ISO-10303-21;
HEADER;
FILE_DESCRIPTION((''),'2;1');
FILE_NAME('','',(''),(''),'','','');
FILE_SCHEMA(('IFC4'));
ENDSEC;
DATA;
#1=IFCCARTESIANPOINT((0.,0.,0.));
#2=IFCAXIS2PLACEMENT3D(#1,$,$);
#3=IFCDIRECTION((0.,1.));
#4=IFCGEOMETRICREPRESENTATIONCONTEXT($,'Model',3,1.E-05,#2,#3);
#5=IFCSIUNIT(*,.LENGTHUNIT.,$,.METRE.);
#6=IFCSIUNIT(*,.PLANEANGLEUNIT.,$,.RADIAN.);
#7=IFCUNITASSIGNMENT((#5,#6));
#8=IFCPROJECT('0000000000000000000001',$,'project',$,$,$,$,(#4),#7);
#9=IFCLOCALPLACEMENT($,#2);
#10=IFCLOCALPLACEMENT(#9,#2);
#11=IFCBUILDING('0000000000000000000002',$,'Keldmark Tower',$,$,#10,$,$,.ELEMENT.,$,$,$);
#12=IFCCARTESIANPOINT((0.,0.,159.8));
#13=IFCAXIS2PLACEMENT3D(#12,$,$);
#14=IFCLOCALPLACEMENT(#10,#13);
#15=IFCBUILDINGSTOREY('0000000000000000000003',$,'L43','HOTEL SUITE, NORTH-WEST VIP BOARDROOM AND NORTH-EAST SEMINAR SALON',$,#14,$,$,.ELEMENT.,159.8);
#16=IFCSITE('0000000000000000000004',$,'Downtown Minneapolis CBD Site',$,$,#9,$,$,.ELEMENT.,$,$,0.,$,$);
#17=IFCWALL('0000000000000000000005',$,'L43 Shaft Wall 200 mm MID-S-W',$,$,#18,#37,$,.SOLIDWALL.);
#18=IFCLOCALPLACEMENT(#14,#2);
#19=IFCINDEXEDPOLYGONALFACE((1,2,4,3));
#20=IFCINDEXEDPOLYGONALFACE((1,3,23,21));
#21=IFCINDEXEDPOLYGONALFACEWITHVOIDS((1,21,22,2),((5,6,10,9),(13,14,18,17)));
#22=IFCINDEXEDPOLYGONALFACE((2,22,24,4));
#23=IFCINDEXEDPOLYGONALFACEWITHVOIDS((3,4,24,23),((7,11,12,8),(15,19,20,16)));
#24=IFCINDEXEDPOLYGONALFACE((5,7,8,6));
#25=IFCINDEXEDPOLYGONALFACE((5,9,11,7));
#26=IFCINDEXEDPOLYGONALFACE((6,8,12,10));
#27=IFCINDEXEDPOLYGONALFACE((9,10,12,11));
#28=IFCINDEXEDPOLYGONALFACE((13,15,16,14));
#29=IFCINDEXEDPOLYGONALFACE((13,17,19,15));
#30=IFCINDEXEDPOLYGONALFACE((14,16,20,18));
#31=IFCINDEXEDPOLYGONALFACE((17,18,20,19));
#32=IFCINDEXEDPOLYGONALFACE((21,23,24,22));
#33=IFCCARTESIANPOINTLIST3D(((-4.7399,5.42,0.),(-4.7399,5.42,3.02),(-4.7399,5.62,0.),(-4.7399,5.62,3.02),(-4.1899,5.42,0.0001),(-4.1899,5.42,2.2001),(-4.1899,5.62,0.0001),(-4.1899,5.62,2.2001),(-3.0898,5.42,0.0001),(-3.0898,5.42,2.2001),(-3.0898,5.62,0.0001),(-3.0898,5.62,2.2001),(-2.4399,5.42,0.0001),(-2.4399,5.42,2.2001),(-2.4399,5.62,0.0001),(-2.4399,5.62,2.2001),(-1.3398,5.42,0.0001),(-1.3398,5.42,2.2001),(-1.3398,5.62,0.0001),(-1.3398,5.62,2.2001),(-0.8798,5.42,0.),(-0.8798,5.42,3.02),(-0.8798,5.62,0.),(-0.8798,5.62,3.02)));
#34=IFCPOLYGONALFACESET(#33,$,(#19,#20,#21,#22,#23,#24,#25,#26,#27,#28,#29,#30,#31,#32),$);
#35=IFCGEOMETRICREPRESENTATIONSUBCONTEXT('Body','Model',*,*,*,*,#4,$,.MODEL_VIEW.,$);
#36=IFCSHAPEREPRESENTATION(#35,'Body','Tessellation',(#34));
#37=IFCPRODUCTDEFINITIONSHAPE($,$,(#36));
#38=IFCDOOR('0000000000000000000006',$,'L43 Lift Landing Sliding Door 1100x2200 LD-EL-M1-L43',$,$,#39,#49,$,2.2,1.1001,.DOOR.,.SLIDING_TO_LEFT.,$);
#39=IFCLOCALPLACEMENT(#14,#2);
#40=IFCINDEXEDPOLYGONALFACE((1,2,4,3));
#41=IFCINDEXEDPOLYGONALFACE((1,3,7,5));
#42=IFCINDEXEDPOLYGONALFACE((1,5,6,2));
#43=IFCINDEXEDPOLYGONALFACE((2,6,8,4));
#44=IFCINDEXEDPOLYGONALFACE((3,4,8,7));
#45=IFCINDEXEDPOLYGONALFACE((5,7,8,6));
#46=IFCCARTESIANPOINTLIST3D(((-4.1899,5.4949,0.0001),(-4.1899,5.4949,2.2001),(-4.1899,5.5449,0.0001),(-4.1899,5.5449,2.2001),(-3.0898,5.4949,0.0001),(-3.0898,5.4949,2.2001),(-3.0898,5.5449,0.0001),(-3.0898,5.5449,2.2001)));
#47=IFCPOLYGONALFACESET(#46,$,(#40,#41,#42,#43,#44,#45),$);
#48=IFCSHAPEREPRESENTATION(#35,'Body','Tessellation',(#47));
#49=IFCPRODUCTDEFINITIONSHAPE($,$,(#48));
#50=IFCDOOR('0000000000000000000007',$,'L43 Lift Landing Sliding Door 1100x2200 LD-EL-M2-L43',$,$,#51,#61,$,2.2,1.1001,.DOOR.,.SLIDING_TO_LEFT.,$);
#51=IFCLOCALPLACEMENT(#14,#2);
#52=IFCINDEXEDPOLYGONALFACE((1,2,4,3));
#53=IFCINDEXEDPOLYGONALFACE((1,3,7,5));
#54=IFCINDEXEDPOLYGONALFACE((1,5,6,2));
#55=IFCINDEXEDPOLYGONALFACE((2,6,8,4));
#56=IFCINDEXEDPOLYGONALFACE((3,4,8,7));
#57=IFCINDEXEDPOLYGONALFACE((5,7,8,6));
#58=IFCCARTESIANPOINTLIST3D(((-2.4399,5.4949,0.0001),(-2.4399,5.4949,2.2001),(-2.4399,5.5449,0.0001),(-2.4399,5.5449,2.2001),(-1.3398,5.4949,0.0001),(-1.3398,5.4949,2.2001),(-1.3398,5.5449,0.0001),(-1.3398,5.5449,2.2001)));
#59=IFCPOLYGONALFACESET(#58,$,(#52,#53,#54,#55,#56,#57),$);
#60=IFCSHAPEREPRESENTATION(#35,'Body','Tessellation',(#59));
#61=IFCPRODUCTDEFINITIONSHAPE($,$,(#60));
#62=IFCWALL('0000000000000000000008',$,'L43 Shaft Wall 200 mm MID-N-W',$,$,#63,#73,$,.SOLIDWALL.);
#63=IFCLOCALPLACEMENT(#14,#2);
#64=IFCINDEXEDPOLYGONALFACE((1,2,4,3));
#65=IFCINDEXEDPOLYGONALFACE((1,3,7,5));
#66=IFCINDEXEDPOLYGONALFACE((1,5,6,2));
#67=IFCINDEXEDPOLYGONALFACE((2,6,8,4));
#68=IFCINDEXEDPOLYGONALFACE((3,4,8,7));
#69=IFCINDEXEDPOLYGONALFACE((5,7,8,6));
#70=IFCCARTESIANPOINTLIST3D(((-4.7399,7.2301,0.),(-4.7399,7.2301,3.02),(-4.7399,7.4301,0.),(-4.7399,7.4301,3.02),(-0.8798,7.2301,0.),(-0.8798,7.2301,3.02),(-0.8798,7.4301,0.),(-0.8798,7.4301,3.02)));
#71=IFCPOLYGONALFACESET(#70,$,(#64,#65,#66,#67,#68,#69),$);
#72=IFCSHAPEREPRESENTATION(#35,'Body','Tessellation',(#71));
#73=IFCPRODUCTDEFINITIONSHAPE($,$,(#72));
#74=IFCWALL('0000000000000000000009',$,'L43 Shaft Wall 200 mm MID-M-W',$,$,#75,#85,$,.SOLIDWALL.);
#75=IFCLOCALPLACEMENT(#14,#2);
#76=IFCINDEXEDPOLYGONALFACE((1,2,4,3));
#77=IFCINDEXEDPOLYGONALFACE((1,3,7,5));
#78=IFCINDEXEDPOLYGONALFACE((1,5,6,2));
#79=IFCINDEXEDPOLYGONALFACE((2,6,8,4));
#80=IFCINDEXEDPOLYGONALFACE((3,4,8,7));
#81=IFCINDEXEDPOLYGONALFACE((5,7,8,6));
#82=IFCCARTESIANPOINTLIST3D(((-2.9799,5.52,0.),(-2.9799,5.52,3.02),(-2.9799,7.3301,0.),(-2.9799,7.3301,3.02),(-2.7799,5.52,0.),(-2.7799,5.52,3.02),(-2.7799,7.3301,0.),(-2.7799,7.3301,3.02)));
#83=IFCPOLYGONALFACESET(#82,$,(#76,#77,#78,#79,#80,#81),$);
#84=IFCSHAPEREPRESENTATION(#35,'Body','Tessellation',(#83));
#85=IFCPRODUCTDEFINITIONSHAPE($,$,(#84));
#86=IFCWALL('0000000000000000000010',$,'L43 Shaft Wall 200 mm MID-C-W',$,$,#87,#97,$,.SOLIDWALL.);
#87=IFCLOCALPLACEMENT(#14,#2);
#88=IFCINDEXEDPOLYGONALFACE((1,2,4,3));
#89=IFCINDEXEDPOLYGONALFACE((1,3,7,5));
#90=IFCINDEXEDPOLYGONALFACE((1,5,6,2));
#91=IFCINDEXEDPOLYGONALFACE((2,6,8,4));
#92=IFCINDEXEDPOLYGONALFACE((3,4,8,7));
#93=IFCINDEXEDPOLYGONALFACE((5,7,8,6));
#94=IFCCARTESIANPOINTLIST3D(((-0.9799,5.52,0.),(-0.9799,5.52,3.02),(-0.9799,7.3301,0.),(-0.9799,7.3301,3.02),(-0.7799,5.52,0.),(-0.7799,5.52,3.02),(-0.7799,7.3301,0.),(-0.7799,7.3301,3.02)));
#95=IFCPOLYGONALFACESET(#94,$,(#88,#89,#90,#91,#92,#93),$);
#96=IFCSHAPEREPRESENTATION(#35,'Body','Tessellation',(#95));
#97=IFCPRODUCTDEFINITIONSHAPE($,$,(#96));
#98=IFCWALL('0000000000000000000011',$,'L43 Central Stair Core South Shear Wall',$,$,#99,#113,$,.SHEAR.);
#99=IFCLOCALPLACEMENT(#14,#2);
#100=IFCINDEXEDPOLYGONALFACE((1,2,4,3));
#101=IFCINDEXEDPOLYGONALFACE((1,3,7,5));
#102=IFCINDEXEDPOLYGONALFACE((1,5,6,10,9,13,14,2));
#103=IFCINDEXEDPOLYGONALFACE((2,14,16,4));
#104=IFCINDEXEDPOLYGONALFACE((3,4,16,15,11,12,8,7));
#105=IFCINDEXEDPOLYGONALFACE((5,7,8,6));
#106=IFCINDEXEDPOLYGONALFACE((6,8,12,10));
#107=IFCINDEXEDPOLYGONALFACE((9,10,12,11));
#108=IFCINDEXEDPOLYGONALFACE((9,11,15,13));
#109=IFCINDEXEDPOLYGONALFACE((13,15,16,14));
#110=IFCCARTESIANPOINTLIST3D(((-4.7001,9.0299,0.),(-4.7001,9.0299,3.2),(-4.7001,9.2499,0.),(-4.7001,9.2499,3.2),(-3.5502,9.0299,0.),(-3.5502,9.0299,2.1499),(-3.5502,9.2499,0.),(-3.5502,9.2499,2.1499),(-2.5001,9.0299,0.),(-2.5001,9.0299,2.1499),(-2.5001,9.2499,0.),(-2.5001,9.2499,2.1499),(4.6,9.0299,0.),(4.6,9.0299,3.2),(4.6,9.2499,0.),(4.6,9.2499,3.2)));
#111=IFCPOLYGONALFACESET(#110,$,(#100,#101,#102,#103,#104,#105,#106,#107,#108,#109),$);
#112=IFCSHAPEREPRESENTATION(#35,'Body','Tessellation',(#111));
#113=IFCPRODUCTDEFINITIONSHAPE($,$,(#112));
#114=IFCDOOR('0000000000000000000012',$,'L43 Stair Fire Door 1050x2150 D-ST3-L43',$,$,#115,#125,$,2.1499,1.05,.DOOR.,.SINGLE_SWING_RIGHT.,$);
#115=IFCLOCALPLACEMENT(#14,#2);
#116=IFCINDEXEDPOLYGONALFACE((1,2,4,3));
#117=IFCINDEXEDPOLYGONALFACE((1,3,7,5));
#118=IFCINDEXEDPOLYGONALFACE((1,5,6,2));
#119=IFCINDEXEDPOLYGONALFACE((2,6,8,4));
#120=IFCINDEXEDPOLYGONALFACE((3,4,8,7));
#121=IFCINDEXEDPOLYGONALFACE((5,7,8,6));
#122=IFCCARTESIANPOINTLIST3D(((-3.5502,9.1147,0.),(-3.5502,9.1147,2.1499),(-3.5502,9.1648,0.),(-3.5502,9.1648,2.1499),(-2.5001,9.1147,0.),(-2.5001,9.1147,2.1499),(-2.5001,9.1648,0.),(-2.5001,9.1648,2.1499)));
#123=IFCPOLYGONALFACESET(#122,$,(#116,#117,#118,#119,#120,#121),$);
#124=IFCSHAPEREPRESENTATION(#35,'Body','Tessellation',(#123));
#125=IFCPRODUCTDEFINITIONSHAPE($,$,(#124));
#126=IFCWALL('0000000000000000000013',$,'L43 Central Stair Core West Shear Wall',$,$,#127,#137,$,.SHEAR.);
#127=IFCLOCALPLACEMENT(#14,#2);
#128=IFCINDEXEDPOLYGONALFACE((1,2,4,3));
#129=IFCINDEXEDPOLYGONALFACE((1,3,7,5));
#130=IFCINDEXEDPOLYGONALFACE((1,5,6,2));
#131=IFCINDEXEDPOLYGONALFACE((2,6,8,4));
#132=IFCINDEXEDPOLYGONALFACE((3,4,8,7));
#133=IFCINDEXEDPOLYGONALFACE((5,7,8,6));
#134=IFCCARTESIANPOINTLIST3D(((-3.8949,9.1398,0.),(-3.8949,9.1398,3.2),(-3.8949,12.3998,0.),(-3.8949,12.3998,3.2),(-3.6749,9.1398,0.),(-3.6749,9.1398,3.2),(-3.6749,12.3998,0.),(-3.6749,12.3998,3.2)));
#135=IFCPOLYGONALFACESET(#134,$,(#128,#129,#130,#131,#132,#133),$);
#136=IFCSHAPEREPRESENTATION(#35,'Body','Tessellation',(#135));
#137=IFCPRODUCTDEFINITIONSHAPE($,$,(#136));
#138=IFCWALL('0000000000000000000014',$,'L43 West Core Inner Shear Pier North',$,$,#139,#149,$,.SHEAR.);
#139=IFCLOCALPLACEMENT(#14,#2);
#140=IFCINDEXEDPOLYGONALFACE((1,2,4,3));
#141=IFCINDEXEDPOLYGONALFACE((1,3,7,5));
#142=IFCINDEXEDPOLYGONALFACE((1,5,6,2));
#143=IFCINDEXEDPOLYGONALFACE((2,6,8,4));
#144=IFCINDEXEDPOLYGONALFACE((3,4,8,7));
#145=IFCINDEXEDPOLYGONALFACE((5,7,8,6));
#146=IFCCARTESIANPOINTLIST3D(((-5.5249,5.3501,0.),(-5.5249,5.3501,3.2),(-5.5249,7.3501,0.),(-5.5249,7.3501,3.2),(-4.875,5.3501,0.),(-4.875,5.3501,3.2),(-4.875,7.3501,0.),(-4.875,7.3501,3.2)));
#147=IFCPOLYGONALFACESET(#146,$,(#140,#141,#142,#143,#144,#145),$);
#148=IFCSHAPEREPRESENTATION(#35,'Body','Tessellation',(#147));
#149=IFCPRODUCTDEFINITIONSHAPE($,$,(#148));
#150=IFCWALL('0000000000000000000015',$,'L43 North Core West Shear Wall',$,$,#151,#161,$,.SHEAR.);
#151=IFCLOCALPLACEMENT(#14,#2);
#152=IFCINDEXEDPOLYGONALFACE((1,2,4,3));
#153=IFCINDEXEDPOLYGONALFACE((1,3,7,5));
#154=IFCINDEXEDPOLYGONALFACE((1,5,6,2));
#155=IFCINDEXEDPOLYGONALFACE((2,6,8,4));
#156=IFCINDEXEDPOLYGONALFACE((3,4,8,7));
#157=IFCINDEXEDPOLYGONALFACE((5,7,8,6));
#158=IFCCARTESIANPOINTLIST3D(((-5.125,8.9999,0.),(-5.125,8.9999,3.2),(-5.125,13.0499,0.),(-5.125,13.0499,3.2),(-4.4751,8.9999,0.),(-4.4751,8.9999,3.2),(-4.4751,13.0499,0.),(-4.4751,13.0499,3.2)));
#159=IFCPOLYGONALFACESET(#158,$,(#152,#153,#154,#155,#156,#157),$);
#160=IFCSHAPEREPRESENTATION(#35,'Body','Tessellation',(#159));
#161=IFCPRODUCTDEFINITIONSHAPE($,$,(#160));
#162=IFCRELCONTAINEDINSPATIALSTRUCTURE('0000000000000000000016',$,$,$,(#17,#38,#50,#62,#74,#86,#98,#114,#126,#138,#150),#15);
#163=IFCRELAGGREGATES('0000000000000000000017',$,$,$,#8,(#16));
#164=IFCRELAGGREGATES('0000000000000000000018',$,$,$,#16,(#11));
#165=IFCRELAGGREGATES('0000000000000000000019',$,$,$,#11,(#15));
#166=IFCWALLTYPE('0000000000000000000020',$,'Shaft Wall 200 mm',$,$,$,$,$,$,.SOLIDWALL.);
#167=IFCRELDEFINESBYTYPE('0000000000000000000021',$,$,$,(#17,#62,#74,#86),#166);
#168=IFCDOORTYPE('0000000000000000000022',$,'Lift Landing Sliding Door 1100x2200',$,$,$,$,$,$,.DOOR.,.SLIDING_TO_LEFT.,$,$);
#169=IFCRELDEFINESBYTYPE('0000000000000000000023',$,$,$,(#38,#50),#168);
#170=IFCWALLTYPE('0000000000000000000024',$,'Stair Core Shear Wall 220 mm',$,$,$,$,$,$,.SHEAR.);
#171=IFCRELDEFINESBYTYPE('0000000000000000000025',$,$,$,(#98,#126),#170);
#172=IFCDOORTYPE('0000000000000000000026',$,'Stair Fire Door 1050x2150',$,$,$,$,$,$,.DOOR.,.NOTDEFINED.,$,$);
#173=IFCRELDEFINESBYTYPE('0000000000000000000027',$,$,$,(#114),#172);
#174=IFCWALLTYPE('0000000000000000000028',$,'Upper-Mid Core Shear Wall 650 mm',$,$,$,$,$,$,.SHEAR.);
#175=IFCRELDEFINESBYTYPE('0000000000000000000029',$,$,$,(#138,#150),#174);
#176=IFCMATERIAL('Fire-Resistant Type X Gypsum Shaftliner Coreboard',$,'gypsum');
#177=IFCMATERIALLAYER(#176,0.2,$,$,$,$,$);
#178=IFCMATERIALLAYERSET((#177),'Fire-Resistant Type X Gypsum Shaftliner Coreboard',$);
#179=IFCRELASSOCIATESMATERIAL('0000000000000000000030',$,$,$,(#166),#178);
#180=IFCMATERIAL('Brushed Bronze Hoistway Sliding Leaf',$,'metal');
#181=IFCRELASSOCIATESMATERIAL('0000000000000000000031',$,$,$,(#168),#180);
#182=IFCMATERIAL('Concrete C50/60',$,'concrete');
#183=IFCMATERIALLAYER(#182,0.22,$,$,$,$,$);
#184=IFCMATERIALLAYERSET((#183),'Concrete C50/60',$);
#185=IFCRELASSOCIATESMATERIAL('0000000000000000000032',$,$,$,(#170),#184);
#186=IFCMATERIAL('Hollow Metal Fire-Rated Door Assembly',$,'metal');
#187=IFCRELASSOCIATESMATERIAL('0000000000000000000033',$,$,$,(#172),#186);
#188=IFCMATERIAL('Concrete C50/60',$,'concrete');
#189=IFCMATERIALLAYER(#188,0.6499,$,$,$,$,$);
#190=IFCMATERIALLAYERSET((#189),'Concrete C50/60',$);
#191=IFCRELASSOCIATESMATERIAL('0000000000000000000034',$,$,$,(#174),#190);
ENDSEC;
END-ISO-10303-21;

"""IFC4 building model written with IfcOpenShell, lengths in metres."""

from ifc_helpers import new_model, si_unit, direction, frame, frame_2d, origin, place, context, subcontext, project, spatial, rectangle, extrude, material, layer, layer_set, type_object, element, fill, save


model = new_model("IFC4")

# Units and contexts
model_context = context("Model", 3, precision=1e-05, world=origin(), true_north=direction((0.0, 1.0)))
body_context = subcontext(model_context, "Body", "Model", "MODEL_VIEW")
ifc_project = project(units=[si_unit("LENGTHUNIT", "METRE"), si_unit("PLANEANGLEUNIT", "RADIAN")], contexts=[model_context])

# Site, building, storey
site_placement = place(None, origin())
site = spatial("IfcSite", under=ifc_project, at=site_placement, Name="Downtown Minneapolis CBD Site", CompositionType="ELEMENT", RefElevation=0.0)
building_placement = place(site_placement, origin())
building = spatial("IfcBuilding", under=site, at=building_placement, Name="Keldmark Tower", CompositionType="ELEMENT")
storey_placement = place(building_placement, frame((0.0, 0.0, 159.8)))
storey = spatial("IfcBuildingStorey", under=building, at=storey_placement, Name="L43", Description="HOTEL SUITE, NORTH-WEST VIP BOARDROOM AND NORTH-EAST SEMINAR SALON", CompositionType="ELEMENT", Elevation=159.8)

# Wall, openings, doors
ifc_material_1 = material(Name="Fire-Resistant Type X Gypsum Shaftliner Coreboard", Category="gypsum")
ifc_layer_1 = layer(ifc_material_1, 0.2)
ifc_layer_set_1 = layer_set([ifc_layer_1], Name="Fire-Resistant Type X Gypsum Shaftliner Coreboard")
wall_type_1 = type_object("IfcWallType", Name="Shaft Wall 200 mm", PredefinedType="SOLIDWALL", material=ifc_layer_set_1)
wall_1_placement = place(storey_placement, frame((-4.74, 5.52, 0.0), z_axis=(0.0, 0.0, 1.0), x_axis=(1.0, 0.0, 0.0)))
wall_1 = element("IfcWall", 1, at=wall_1_placement, inside=storey, type_object=wall_type_1, Name="L43 Shaft Wall 200 mm MID-S-W", PredefinedType="SOLIDWALL", context=body_context, shape_type="SweptSolid", body=[
    extrude(rectangle(XDim=3.8601, YDim=0.2, at=frame_2d((1.9302, 0.0))), origin(), (0.0, 0.0, 1.0), 3.02),
])
opening_1_placement = place(wall_1_placement, frame((0.55, 0.0, 0.0)))
opening_1 = element("IfcOpeningElement", 2, at=opening_1_placement, cuts=wall_1, PredefinedType="OPENING", context=body_context, shape_type="SweptSolid", body=[
    extrude(rectangle(XDim=1.1001, YDim=2.2, at=frame_2d((0.55, 1.1001))), frame((0.0, 0.1099, 0.0), z_axis=(0.0, -1.0, 0.0), x_axis=(1.0, 0.0, 0.0)), (0.0, 0.0, 1.0), 0.22),
])
opening_2_placement = place(wall_1_placement, frame((2.3, 0.0, 0.0)))
opening_2 = element("IfcOpeningElement", 3, at=opening_2_placement, cuts=wall_1, PredefinedType="OPENING", context=body_context, shape_type="SweptSolid", body=[
    extrude(rectangle(XDim=1.1001, YDim=2.2, at=frame_2d((0.55, 1.1001))), frame((0.0, 0.1099, 0.0), z_axis=(0.0, -1.0, 0.0), x_axis=(1.0, 0.0, 0.0)), (0.0, 0.0, 1.0), 0.22),
])
ifc_material_2 = material(Name="Brushed Bronze Hoistway Sliding Leaf", Category="metal")
door_type_1 = type_object("IfcDoorType", Name="Lift Landing Sliding Door 1100x2200", OperationType="SLIDING_TO_LEFT", PredefinedType="DOOR", material=ifc_material_2)
door_1_placement = place(opening_1_placement, origin())
door_1 = element("IfcDoor", 4, at=door_1_placement, inside=storey, type_object=door_type_1, Name="L43 Lift Landing Sliding Door 1100x2200 LD-EL-M1-L43", OperationType="SLIDING_TO_LEFT", OverallHeight=2.2, OverallWidth=1.1001, PredefinedType="DOOR", context=body_context, shape_type="SweptSolid", body=[
    extrude(rectangle(XDim=1.1001, YDim=2.2, at=frame_2d((0.55, 1.1001))), frame((0.0, 0.0249, 0.0), z_axis=(0.0, -1.0, 0.0), x_axis=(1.0, 0.0, 0.0)), (0.0, 0.0, 1.0), 0.05),
])
fill(opening_1, door_1)
door_2_placement = place(opening_2_placement, origin())
door_2 = element("IfcDoor", 5, at=door_2_placement, inside=storey, type_object=door_type_1, Name="L43 Lift Landing Sliding Door 1100x2200 LD-EL-M2-L43", OperationType="SLIDING_TO_LEFT", OverallHeight=2.2, OverallWidth=1.1001, PredefinedType="DOOR", context=body_context, shape_type="SweptSolid", body=[
    extrude(rectangle(XDim=1.1001, YDim=2.2, at=frame_2d((0.55, 1.1001))), frame((0.0, 0.0249, 0.0), z_axis=(0.0, -1.0, 0.0), x_axis=(1.0, 0.0, 0.0)), (0.0, 0.0, 1.0), 0.05),
])
fill(opening_2, door_2)

# Walls
wall_2_placement = place(storey_placement, frame((-4.74, 7.3301, 0.0), z_axis=(0.0, 0.0, 1.0), x_axis=(1.0, 0.0, 0.0)))
element("IfcWall", 6, at=wall_2_placement, inside=storey, type_object=wall_type_1, Name="L43 Shaft Wall 200 mm MID-N-W", PredefinedType="SOLIDWALL", context=body_context, shape_type="SweptSolid", body=[
    extrude(rectangle(XDim=3.8601, YDim=0.2, at=frame_2d((1.9302, 0.0))), origin(), (0.0, 0.0, 1.0), 3.02),
])
for number, where, z_axis, x_axis, name in (
    (7, (-2.8799, 5.52, 0.0), (0.0, 0.0, 1.0), (0.0, 1.0, 0.0), "L43 Shaft Wall 200 mm MID-M-W"),
    (8, (-0.8799, 5.52, 0.0), (0.0, 0.0, 1.0), (0.0, 1.0, 0.0), "L43 Shaft Wall 200 mm MID-C-W"),
):
    element("IfcWall", number, at=place(storey_placement, frame(where, z_axis=z_axis, x_axis=x_axis)), inside=storey, type_object=wall_type_1, Name=name, PredefinedType="SOLIDWALL", context=body_context, shape_type="SweptSolid", body=[
        extrude(rectangle(XDim=1.8101, YDim=0.2, at=frame_2d((0.905, 0.0))), origin(), (0.0, 0.0, 1.0), 3.02),
    ])

# Wall, opening, door
ifc_material_3 = material(Name="Concrete C50/60", Category="concrete")
ifc_layer_2 = layer(ifc_material_3, 0.22)
ifc_layer_set_2 = layer_set([ifc_layer_2], Name="Concrete C50/60")
wall_type_2 = type_object("IfcWallType", Name="Stair Core Shear Wall 220 mm", PredefinedType="SHEAR", material=ifc_layer_set_2)
wall_3_placement = place(storey_placement, frame((-4.7, 9.1399, 0.0), z_axis=(0.0, 0.0, 1.0), x_axis=(1.0, 0.0, 0.0)))
wall_3 = element("IfcWall", 9, at=wall_3_placement, inside=storey, type_object=wall_type_2, Name="L43 Central Stair Core South Shear Wall", PredefinedType="SHEAR", context=body_context, shape_type="SweptSolid", body=[
    extrude(rectangle(XDim=9.3, YDim=0.22, at=frame_2d((4.6499, 0.0))), origin(), (0.0, 0.0, 1.0), 3.2),
])
opening_3_placement = place(wall_3_placement, frame((1.1499, 0.0, 0.0)))
opening_3 = element("IfcOpeningElement", 10, at=opening_3_placement, cuts=wall_3, PredefinedType="OPENING", context=body_context, shape_type="SweptSolid", body=[
    extrude(rectangle(XDim=1.05, YDim=2.1499, at=frame_2d((0.5249, 1.075))), frame((0.0, 0.1199, 0.0), z_axis=(0.0, -1.0, 0.0), x_axis=(1.0, 0.0, 0.0)), (0.0, 0.0, 1.0), 0.24),
])
ifc_material_4 = material(Name="Hollow Metal Fire-Rated Door Assembly", Category="metal")
door_type_2 = type_object("IfcDoorType", Name="Stair Fire Door 1050x2150", OperationType="NOTDEFINED", PredefinedType="DOOR", material=ifc_material_4)
door_3_placement = place(opening_3_placement, origin())
door_3 = element("IfcDoor", 11, at=door_3_placement, inside=storey, type_object=door_type_2, Name="L43 Stair Fire Door 1050x2150 D-ST3-L43", OperationType="SINGLE_SWING_RIGHT", OverallHeight=2.1499, OverallWidth=1.05, PredefinedType="DOOR", context=body_context, shape_type="SweptSolid", body=[
    extrude(rectangle(XDim=1.05, YDim=2.1499, at=frame_2d((0.5249, 1.075))), frame((0.0, 0.0249, 0.0), z_axis=(0.0, -1.0, 0.0), x_axis=(1.0, 0.0, 0.0)), (0.0, 0.0, 1.0), 0.05),
])
fill(opening_3, door_3)

# Walls
wall_4_placement = place(storey_placement, frame((-3.7849, 9.1399, 0.0), z_axis=(0.0, 0.0, 1.0), x_axis=(0.0, 1.0, 0.0)))
element("IfcWall", 12, at=wall_4_placement, inside=storey, type_object=wall_type_2, Name="L43 Central Stair Core West Shear Wall", PredefinedType="SHEAR", context=body_context, shape_type="SweptSolid", body=[
    extrude(rectangle(XDim=3.26, YDim=0.22, at=frame_2d((1.6299, 0.0))), origin(), (0.0, 0.0, 1.0), 3.2),
])
ifc_material_5 = material(Name="Concrete C50/60", Category="concrete")
ifc_layer_3 = layer(ifc_material_5, 0.6499)
ifc_layer_set_3 = layer_set([ifc_layer_3], Name="Concrete C50/60")
wall_type_3 = type_object("IfcWallType", Name="Upper-Mid Core Shear Wall 650 mm", PredefinedType="SHEAR", material=ifc_layer_set_3)
wall_5_placement = place(storey_placement, frame((-5.2, 5.3501, 0.0), z_axis=(0.0, 0.0, 1.0), x_axis=(0.0, 1.0, 0.0)))
element("IfcWall", 13, at=wall_5_placement, inside=storey, type_object=wall_type_3, Name="L43 West Core Inner Shear Pier North", PredefinedType="SHEAR", context=body_context, shape_type="SweptSolid", body=[
    extrude(rectangle(XDim=2.0, YDim=0.6499, at=frame_2d((1.0, 0.0))), origin(), (0.0, 0.0, 1.0), 3.2),
])
wall_6_placement = place(storey_placement, frame((-4.8, 9.0, 0.0), z_axis=(0.0, 0.0, 1.0), x_axis=(0.0, 1.0, 0.0)))
element("IfcWall", 14, at=wall_6_placement, inside=storey, type_object=wall_type_3, Name="L43 North Core West Shear Wall", PredefinedType="SHEAR", context=body_context, shape_type="SweptSolid", body=[
    extrude(rectangle(XDim=4.05, YDim=0.6499, at=frame_2d((2.0249, 0.0))), origin(), (0.0, 0.0, 1.0), 3.2),
])

save(model, "model.ifc")
